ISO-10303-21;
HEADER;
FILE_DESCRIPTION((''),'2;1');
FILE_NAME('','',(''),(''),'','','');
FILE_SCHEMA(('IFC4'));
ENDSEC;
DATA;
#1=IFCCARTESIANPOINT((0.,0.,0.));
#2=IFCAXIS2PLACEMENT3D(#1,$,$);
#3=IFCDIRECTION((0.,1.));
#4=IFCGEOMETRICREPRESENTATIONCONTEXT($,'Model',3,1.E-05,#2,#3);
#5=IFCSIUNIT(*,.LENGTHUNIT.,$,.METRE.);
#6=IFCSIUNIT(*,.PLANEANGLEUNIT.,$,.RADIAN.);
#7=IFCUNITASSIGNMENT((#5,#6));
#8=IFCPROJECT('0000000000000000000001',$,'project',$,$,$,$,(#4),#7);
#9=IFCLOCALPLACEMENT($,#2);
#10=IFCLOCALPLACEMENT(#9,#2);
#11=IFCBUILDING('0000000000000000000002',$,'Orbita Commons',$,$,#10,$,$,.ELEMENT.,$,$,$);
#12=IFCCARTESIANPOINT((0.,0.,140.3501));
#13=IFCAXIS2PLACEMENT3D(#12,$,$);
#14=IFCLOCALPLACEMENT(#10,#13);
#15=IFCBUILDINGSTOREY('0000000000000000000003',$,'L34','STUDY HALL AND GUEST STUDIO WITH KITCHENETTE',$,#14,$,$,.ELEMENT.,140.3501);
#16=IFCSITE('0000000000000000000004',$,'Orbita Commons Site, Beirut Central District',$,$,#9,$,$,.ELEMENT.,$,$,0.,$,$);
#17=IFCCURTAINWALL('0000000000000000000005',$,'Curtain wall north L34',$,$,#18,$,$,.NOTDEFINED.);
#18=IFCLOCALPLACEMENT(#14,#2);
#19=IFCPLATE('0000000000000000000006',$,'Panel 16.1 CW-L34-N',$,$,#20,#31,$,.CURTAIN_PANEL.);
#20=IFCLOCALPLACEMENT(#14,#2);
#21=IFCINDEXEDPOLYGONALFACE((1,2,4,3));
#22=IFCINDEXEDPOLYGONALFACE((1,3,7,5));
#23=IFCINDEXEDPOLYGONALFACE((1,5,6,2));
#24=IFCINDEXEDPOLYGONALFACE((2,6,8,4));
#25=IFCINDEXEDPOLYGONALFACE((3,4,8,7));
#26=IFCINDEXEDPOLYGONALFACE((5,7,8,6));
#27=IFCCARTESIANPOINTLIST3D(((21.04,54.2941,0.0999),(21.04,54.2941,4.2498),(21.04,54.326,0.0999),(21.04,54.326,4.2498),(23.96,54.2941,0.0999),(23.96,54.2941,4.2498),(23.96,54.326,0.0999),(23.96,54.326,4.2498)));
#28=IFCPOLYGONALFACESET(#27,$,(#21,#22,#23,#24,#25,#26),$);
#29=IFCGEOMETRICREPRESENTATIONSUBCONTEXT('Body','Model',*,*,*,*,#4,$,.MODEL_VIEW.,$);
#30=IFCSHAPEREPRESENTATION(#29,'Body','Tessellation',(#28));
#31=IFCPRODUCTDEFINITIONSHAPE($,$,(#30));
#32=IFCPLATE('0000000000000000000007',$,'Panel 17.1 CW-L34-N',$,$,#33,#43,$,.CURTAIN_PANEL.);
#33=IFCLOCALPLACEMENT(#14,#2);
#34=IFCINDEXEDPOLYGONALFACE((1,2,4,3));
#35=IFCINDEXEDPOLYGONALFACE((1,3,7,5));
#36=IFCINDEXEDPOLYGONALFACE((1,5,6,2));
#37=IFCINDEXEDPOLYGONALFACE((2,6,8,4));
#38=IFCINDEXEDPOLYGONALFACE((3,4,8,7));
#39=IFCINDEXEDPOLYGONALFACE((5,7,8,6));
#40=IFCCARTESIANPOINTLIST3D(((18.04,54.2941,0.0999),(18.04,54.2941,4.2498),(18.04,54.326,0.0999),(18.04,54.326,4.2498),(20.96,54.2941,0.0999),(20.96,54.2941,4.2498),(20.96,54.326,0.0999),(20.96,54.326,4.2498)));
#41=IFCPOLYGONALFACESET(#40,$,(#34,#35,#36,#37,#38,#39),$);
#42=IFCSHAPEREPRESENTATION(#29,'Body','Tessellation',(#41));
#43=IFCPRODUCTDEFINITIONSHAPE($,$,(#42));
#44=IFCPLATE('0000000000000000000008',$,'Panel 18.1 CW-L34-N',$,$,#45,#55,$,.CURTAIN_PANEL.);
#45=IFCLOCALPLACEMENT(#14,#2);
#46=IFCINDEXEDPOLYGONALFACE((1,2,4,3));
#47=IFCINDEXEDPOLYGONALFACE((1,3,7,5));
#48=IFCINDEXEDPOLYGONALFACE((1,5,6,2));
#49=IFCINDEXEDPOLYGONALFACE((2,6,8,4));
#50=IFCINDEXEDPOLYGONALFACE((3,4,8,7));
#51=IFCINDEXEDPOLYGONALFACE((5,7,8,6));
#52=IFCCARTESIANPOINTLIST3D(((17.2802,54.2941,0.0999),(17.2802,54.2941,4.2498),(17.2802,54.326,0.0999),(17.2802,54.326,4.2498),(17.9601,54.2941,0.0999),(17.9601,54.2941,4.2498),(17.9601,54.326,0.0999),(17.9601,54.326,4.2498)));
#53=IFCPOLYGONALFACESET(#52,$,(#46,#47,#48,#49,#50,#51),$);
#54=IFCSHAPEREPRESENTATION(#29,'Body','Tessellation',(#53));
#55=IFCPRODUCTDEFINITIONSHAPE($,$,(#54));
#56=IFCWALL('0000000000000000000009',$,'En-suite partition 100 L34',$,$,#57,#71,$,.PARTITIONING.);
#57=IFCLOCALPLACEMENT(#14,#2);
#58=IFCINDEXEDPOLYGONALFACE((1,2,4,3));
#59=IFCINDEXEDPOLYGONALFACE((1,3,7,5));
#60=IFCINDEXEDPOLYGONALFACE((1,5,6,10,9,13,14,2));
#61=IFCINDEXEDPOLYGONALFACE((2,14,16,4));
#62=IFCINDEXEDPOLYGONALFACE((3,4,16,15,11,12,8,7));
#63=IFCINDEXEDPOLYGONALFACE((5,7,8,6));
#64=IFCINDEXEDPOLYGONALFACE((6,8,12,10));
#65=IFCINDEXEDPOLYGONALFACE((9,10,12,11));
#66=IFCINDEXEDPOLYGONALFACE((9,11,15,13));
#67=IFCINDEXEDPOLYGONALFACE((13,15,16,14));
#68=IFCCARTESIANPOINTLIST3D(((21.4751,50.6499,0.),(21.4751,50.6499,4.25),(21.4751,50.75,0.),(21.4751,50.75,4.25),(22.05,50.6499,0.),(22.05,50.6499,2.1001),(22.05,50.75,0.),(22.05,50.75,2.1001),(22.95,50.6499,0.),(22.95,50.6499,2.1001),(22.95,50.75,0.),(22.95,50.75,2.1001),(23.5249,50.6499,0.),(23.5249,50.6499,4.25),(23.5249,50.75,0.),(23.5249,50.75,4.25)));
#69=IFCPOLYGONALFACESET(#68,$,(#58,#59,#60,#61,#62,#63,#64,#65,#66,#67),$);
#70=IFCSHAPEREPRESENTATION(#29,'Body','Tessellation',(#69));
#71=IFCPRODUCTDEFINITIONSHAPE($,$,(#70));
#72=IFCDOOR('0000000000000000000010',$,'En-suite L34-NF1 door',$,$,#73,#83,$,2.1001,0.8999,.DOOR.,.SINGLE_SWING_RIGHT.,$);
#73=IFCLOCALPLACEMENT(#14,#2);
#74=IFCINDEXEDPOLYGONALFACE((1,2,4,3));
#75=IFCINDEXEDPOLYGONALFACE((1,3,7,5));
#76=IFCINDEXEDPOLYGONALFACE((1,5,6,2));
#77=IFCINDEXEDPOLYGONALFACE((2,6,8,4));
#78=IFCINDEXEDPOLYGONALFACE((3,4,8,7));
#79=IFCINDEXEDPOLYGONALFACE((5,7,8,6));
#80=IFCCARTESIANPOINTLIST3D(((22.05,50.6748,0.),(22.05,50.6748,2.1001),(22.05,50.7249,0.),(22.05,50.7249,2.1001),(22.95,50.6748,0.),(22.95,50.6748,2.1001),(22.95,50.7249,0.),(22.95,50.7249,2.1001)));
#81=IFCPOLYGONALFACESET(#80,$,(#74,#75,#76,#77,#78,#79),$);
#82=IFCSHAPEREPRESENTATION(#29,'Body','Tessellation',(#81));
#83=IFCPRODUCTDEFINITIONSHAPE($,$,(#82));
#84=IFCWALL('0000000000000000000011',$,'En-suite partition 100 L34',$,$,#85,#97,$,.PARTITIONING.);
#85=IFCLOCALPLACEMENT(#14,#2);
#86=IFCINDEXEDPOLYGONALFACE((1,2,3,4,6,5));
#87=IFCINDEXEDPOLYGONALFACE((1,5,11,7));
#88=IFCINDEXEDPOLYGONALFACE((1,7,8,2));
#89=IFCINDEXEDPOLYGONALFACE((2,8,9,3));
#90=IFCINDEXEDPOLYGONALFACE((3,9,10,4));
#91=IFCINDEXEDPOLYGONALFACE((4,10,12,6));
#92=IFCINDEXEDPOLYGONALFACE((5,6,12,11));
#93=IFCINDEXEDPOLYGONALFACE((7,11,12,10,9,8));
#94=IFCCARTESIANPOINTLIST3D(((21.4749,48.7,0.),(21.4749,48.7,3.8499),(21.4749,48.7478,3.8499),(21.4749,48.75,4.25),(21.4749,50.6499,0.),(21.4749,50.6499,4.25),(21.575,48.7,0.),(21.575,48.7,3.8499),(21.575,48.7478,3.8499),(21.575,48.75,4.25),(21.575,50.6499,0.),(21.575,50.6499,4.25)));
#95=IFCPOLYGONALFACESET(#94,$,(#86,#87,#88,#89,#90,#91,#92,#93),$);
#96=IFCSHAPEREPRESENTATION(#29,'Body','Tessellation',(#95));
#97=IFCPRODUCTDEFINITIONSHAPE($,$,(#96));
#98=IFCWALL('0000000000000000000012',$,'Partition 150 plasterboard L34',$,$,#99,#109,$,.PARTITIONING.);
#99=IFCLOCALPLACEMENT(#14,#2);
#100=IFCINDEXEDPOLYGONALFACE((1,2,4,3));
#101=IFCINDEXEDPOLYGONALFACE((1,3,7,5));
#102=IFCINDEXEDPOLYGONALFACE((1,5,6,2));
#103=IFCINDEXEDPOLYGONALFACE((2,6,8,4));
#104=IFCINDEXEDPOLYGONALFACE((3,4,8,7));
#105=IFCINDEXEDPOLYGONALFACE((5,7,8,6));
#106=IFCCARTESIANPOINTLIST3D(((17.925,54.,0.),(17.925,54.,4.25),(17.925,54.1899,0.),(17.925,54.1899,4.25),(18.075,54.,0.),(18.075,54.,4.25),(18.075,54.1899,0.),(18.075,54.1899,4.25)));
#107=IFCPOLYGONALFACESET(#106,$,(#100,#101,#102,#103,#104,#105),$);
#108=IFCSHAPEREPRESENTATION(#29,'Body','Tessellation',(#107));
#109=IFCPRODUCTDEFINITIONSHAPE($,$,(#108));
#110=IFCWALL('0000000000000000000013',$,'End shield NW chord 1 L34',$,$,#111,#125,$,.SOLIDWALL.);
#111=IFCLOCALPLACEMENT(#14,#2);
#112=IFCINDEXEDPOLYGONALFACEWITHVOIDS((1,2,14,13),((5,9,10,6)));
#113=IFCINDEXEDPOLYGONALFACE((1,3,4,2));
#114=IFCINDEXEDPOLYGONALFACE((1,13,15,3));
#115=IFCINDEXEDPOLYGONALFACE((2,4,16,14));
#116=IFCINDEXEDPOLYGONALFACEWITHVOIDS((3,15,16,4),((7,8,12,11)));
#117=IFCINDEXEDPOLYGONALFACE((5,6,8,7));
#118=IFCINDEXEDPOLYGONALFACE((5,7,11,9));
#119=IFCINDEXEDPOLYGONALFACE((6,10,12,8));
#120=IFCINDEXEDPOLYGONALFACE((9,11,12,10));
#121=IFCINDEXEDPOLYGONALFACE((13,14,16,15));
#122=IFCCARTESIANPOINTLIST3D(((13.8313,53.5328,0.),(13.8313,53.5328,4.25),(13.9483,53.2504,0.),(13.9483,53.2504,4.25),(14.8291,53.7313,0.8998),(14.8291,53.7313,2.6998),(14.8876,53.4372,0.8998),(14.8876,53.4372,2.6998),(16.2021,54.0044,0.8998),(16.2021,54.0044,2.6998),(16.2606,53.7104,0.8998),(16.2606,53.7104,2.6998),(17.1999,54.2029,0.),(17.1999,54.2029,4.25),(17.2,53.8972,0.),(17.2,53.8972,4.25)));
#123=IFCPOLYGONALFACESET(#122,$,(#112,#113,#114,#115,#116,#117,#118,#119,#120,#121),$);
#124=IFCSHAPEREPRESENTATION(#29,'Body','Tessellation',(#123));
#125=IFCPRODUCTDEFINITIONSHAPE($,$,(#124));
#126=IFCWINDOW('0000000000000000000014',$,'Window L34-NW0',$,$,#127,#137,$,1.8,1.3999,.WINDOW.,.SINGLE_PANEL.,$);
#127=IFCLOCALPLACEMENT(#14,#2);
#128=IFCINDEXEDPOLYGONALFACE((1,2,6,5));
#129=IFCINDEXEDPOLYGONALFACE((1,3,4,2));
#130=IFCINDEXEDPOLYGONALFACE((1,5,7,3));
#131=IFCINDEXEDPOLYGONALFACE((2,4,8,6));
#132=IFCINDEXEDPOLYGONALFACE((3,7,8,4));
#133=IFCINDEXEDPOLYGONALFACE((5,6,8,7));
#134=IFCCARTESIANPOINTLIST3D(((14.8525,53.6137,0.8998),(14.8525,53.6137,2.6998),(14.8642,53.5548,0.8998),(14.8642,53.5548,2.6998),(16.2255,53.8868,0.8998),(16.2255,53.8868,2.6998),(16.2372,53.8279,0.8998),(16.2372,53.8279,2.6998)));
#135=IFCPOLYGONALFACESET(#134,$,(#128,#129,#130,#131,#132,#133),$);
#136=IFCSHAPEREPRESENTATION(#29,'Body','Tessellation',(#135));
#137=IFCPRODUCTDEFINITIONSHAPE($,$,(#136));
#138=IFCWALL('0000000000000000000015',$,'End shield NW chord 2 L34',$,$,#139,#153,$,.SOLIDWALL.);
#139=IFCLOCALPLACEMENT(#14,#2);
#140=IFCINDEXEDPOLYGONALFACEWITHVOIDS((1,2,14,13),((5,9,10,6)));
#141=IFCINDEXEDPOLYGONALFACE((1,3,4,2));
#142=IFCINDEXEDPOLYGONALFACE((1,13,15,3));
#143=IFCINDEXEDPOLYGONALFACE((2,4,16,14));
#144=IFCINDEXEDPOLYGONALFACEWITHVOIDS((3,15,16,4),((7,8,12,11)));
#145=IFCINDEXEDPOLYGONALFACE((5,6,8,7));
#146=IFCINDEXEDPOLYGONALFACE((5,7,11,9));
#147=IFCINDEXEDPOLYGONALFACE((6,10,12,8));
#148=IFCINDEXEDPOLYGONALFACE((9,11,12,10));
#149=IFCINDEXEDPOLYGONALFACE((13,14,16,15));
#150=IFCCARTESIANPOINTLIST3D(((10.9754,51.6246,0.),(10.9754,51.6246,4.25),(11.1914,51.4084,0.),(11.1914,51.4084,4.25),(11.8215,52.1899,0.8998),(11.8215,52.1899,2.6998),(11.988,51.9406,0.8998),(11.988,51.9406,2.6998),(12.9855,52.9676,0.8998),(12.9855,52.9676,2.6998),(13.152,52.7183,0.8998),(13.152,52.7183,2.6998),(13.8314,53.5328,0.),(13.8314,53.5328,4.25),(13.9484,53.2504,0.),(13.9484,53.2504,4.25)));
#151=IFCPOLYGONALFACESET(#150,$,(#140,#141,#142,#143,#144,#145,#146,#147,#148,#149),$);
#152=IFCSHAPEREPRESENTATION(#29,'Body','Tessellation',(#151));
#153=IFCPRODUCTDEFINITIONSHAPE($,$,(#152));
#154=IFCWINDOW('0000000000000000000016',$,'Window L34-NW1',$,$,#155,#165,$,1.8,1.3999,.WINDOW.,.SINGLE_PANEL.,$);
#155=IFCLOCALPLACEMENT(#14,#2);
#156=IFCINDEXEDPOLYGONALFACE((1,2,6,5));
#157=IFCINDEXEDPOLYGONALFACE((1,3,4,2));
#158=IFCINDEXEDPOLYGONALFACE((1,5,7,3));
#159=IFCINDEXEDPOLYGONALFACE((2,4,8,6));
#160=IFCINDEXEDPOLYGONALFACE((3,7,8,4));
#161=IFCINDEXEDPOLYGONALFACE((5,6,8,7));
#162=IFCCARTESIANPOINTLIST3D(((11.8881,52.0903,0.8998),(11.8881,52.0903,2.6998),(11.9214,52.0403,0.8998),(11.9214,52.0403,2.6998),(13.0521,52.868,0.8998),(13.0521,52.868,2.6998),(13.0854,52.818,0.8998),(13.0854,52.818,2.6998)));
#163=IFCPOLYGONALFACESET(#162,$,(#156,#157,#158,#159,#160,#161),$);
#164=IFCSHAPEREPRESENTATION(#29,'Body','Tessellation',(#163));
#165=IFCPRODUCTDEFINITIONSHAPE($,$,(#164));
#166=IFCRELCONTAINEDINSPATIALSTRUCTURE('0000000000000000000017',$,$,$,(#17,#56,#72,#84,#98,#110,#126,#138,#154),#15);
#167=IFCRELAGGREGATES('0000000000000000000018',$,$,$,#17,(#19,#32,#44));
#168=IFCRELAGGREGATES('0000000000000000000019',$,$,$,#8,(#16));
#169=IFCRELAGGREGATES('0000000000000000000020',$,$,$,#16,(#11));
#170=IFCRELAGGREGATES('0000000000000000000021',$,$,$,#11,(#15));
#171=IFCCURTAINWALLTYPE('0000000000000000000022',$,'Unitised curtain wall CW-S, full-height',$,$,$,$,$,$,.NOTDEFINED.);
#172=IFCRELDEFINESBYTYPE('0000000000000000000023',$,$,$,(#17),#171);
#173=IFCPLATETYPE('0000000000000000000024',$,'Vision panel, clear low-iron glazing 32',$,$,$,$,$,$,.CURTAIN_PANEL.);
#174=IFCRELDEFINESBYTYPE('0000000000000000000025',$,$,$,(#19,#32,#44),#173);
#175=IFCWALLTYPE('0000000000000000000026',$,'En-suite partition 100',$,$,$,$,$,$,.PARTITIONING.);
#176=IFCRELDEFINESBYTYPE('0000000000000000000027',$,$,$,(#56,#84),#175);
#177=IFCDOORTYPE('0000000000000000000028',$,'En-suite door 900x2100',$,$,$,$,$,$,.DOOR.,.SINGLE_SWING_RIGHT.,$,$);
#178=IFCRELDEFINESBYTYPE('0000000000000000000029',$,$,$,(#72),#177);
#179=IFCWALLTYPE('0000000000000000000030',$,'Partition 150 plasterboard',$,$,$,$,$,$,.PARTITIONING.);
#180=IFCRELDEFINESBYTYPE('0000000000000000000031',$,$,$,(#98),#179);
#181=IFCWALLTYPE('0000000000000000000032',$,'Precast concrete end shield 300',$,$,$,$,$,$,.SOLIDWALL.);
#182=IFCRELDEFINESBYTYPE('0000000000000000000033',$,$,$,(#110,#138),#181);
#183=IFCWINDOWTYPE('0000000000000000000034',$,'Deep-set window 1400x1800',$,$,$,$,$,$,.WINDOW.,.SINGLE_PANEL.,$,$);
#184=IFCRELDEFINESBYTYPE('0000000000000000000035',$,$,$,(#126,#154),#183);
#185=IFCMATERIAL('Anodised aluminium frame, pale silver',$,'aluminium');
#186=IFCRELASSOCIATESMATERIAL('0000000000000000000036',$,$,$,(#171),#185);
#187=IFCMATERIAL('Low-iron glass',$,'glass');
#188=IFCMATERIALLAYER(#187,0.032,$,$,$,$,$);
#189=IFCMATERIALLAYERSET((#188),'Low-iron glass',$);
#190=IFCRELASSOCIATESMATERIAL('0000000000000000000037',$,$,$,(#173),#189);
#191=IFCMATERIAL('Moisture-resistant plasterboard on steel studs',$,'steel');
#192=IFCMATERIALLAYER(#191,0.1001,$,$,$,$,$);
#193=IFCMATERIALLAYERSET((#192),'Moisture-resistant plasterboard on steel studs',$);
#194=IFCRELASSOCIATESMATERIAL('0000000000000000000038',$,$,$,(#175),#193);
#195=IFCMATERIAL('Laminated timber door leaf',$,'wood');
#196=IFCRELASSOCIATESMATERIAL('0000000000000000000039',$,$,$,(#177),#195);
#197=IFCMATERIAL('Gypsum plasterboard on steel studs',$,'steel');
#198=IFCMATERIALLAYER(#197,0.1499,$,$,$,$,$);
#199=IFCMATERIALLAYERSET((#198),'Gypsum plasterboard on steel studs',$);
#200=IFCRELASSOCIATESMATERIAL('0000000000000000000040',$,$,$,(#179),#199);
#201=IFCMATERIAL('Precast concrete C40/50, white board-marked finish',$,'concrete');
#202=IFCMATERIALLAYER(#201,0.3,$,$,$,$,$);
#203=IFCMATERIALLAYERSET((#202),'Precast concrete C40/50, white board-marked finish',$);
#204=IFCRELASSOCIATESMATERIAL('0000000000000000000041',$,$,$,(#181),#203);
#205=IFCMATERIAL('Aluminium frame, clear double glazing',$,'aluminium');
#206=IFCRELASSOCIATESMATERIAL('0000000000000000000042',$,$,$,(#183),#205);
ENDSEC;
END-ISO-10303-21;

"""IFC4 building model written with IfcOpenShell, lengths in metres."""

from ifc_helpers import new_model, si_unit, direction, frame, frame_2d, origin, origin_2d, place, context, subcontext, project, spatial, polyline, rectangle, outline, extrude, material, layer, layer_set, type_object, element, fill, aggregate, save


model = new_model("IFC4")

# Units and contexts
model_context = context("Model", 3, precision=1e-05, world=origin(), true_north=direction((0.0, 1.0)))
body_context = subcontext(model_context, "Body", "Model", "MODEL_VIEW")
ifc_project = project(units=[si_unit("LENGTHUNIT", "METRE"), si_unit("PLANEANGLEUNIT", "RADIAN")], contexts=[model_context])

# Site, building, storey
site_placement = place(None, origin())
site = spatial("IfcSite", under=ifc_project, at=site_placement, Name="Orbita Commons Site, Beirut Central District", CompositionType="ELEMENT", RefElevation=0.0)
building_placement = place(site_placement, origin())
building = spatial("IfcBuilding", under=site, at=building_placement, Name="Orbita Commons", CompositionType="ELEMENT")
storey_placement = place(building_placement, frame((0.0, 0.0, 140.3501)))
storey = spatial("IfcBuildingStorey", under=building, at=storey_placement, Name="L34", Description="STUDY HALL AND GUEST STUDIO WITH KITCHENETTE", CompositionType="ELEMENT", Elevation=140.3501)

# Curtain wall
ifc_material_1 = material(Name="Anodised aluminium frame, pale silver", Category="aluminium")
curtain_wall_type = type_object("IfcCurtainWallType", Name="Unitised curtain wall CW-S, full-height", PredefinedType="NOTDEFINED", material=ifc_material_1)
curtain_wall_placement = place(storey_placement, origin())
curtain_wall = element("IfcCurtainWall", 1, at=curtain_wall_placement, inside=storey, type_object=curtain_wall_type, Name="Curtain wall north L34", PredefinedType="NOTDEFINED")

# Plates
ifc_material_2 = material(Name="Low-iron glass", Category="glass")
ifc_layer_1 = layer(ifc_material_2, 0.032)
ifc_layer_set_1 = layer_set([ifc_layer_1], Name="Low-iron glass")
plate_type = type_object("IfcPlateType", Name="Vision panel, clear low-iron glazing 32", PredefinedType="CURTAIN_PANEL", material=ifc_layer_set_1)
plate_1_placement = place(storey_placement, frame((22.5, 54.3101, 0.0999), z_axis=(0.0, 0.0, 1.0), x_axis=(-1.0, 0.0, 0.0)))
plate_1 = element("IfcPlate", 2, at=plate_1_placement, type_object=plate_type, Name="Panel 16.1 CW-L34-N", PredefinedType="CURTAIN_PANEL", context=body_context, shape_type="SweptSolid", body=[
    extrude(rectangle(XDim=2.9199, YDim=0.032, at=origin_2d()), origin(), (0.0, 0.0, 1.0), 4.1499),
])
plate_2_placement = place(storey_placement, frame((19.5, 54.3101, 0.0999), z_axis=(0.0, 0.0, 1.0), x_axis=(-1.0, 0.0, 0.0)))
plate_2 = element("IfcPlate", 3, at=plate_2_placement, type_object=plate_type, Name="Panel 17.1 CW-L34-N", PredefinedType="CURTAIN_PANEL", context=body_context, shape_type="SweptSolid", body=[
    extrude(rectangle(XDim=2.9199, YDim=0.032, at=origin_2d()), origin(), (0.0, 0.0, 1.0), 4.1499),
])
plate_3_placement = place(storey_placement, frame((17.6201, 54.3101, 0.0999), z_axis=(0.0, 0.0, 1.0), x_axis=(-1.0, 0.0, 0.0)))
plate_3 = element("IfcPlate", 4, at=plate_3_placement, type_object=plate_type, Name="Panel 18.1 CW-L34-N", PredefinedType="CURTAIN_PANEL", context=body_context, shape_type="SweptSolid", body=[
    extrude(rectangle(XDim=0.6799, YDim=0.032, at=origin_2d()), origin(), (0.0, 0.0, 1.0), 4.1499),
])
aggregate(curtain_wall, [plate_1, plate_2, plate_3])

# Wall, opening, door
ifc_material_3 = material(Name="Moisture-resistant plasterboard on steel studs", Category="steel")
ifc_layer_2 = layer(ifc_material_3, 0.1001)
ifc_layer_set_2 = layer_set([ifc_layer_2], Name="Moisture-resistant plasterboard on steel studs")
wall_type_1 = type_object("IfcWallType", Name="En-suite partition 100", PredefinedType="PARTITIONING", material=ifc_layer_set_2)
wall_1_placement = place(storey_placement, frame((21.4751, 50.7, 0.0), z_axis=(0.0, 0.0, 1.0), x_axis=(1.0, 0.0, 0.0)))
wall_1 = element("IfcWall", 5, at=wall_1_placement, inside=storey, type_object=wall_type_1, Name="En-suite partition 100 L34", PredefinedType="PARTITIONING", context=body_context, shape_type="SweptSolid", body=[
    extrude(rectangle(XDim=2.0498, YDim=0.1001, at=frame_2d((1.0249, 0.0))), origin(), (0.0, 0.0, 1.0), 4.25),
])
opening_1_placement = place(wall_1_placement, frame((0.575, 0.0, 0.0)))
opening_1 = element("IfcOpeningElement", 6, at=opening_1_placement, cuts=wall_1, PredefinedType="OPENING", context=body_context, shape_type="SweptSolid", body=[
    extrude(rectangle(XDim=0.8999, YDim=2.1001, at=frame_2d((0.45, 1.05))), frame((0.0, 0.0601, 0.0), z_axis=(0.0, -1.0, 0.0), x_axis=(1.0, 0.0, 0.0)), (0.0, 0.0, 1.0), 0.1201),
])
ifc_material_4 = material(Name="Laminated timber door leaf", Category="wood")
door_type = type_object("IfcDoorType", Name="En-suite door 900x2100", OperationType="SINGLE_SWING_RIGHT", PredefinedType="DOOR", material=ifc_material_4)
door_placement = place(opening_1_placement, origin())
door = element("IfcDoor", 7, at=door_placement, inside=storey, type_object=door_type, Name="En-suite L34-NF1 door", OperationType="SINGLE_SWING_RIGHT", OverallHeight=2.1001, OverallWidth=0.8999, PredefinedType="DOOR", context=body_context, shape_type="SweptSolid", body=[
    extrude(rectangle(XDim=0.8999, YDim=2.1001, at=frame_2d((0.45, 1.05))), frame((0.0, 0.0249, 0.0), z_axis=(0.0, -1.0, 0.0), x_axis=(1.0, 0.0, 0.0)), (0.0, 0.0, 1.0), 0.05),
])
fill(opening_1, door)

# Walls
wall_2_placement = place(storey_placement, frame((21.5249, 50.6499, 0.0), z_axis=(0.0, 0.0, 1.0), x_axis=(0.0, -1.0, 0.0)))
element("IfcWall", 8, at=wall_2_placement, inside=storey, type_object=wall_type_1, Name="En-suite partition 100 L34", PredefinedType="PARTITIONING", context=body_context, shape_type="SweptSolid", body=[
    extrude(outline(polyline([(0.0, 0.0), (1.95, 0.0), (1.95, 3.8499), (1.9021, 3.8499), (1.8999, 4.25), (0.0, 4.25), (0.0, 0.0)])), frame((0.0, 0.05, 0.0), z_axis=(0.0, -1.0, 0.0), x_axis=(1.0, 0.0, 0.0)), (0.0, 0.0, 1.0), 0.1001),
])
ifc_material_5 = material(Name="Gypsum plasterboard on steel studs", Category="steel")
ifc_layer_3 = layer(ifc_material_5, 0.1499)
ifc_layer_set_3 = layer_set([ifc_layer_3], Name="Gypsum plasterboard on steel studs")
wall_type_2 = type_object("IfcWallType", Name="Partition 150 plasterboard", PredefinedType="PARTITIONING", material=ifc_layer_set_3)
wall_3_placement = place(storey_placement, frame((18.0, 54.0, 0.0), z_axis=(0.0, 0.0, 1.0), x_axis=(0.0, 1.0, 0.0)))
element("IfcWall", 9, at=wall_3_placement, inside=storey, type_object=wall_type_2, Name="Partition 150 plasterboard L34", PredefinedType="PARTITIONING", context=body_context, shape_type="SweptSolid", body=[
    extrude(rectangle(XDim=0.1899, YDim=0.1499, at=frame_2d((0.095, 0.0))), origin(), (0.0, 0.0, 1.0), 4.25),
])

# Walls, openings, windows
ifc_material_6 = material(Name="Precast concrete C40/50, white board-marked finish", Category="concrete")
ifc_layer_4 = layer(ifc_material_6, 0.3)
ifc_layer_set_4 = layer_set([ifc_layer_4], Name="Precast concrete C40/50, white board-marked finish")
wall_type_3 = type_object("IfcWallType", Name="Precast concrete end shield 300", PredefinedType="SOLIDWALL", material=ifc_layer_set_4)
wall_4_placement = place(storey_placement, frame((17.2, 54.05, 0.0), z_axis=(0.0, 0.0, 1.0), x_axis=(-0.980783, -0.1951, 0.0)))
wall_4 = element("IfcWall", 10, at=wall_4_placement, inside=storey, type_object=wall_type_3, Name="End shield NW chord 1 L34", PredefinedType="SOLIDWALL", context=body_context, shape_type="SweptSolid", body=[
    extrude(outline(polyline([(-0.0298, -0.1499), (3.4048, -0.1499), (3.3452, 0.1499), (0.0298, 0.1499), (-0.0298, -0.1499)])), origin(), (0.0, 0.0, 1.0), 4.25),
])
opening_2_placement = place(wall_4_placement, frame((0.9875, 0.0, 0.8999)))
opening_2 = element("IfcOpeningElement", 11, at=opening_2_placement, cuts=wall_4, PredefinedType="OPENING", context=body_context, shape_type="SweptSolid", body=[
    extrude(rectangle(XDim=1.3999, YDim=1.8, at=frame_2d((0.7, 0.8999))), frame((0.0, 0.1599, 0.0), z_axis=(0.0, -1.0, 0.0), x_axis=(1.0, 0.0, 0.0)), (0.0, 0.0, 1.0), 0.3201),
])
ifc_material_7 = material(Name="Aluminium frame, clear double glazing", Category="aluminium")
window_type = type_object("IfcWindowType", Name="Deep-set window 1400x1800", PartitioningType="SINGLE_PANEL", PredefinedType="WINDOW", material=ifc_material_7)
window_1_placement = place(opening_2_placement, origin())
window_1 = element("IfcWindow", 12, at=window_1_placement, inside=storey, type_object=window_type, Name="Window L34-NW0", OverallHeight=1.8, OverallWidth=1.3999, PartitioningType="SINGLE_PANEL", PredefinedType="WINDOW", context=body_context, shape_type="SweptSolid", body=[
    extrude(rectangle(XDim=1.3999, YDim=1.8, at=frame_2d((0.7, 0.8999))), frame((0.0, 0.03, 0.0), z_axis=(0.0, -1.0, 0.0), x_axis=(1.0, 0.0, 0.0)), (0.0, 0.0, 1.0), 0.0601),
])
fill(opening_2, window_1)
wall_5_placement = place(storey_placement, frame((13.8899, 53.3916, 0.0), z_axis=(0.0, 0.0, 1.0), x_axis=(-0.831493, -0.555535, 0.0)))
wall_5 = element("IfcWall", 13, at=wall_5_placement, inside=storey, type_object=wall_type_3, Name="End shield NW chord 2 L34", PredefinedType="SOLIDWALL", context=body_context, shape_type="SweptSolid", body=[
    extrude(outline(polyline([(-0.0298, -0.1499), (3.405, -0.1499), (3.3455, 0.1499), (0.0298, 0.1499), (-0.0298, -0.1499)])), origin(), (0.0, 0.0, 1.0), 4.25),
])
opening_3_placement = place(wall_5_placement, frame((0.9875, 0.0, 0.8999)))
opening_3 = element("IfcOpeningElement", 14, at=opening_3_placement, cuts=wall_5, PredefinedType="OPENING", context=body_context, shape_type="SweptSolid", body=[
    extrude(rectangle(XDim=1.3999, YDim=1.8, at=frame_2d((0.7, 0.8999))), frame((0.0, 0.1599, 0.0), z_axis=(0.0, -1.0, 0.0), x_axis=(1.0, 0.0, 0.0)), (0.0, 0.0, 1.0), 0.3201),
])
window_2_placement = place(opening_3_placement, origin())
window_2 = element("IfcWindow", 15, at=window_2_placement, inside=storey, type_object=window_type, Name="Window L34-NW1", OverallHeight=1.8, OverallWidth=1.3999, PartitioningType="SINGLE_PANEL", PredefinedType="WINDOW", context=body_context, shape_type="SweptSolid", body=[
    extrude(rectangle(XDim=1.3999, YDim=1.8, at=frame_2d((0.7, 0.8999))), frame((0.0, 0.03, 0.0), z_axis=(0.0, -1.0, 0.0), x_axis=(1.0, 0.0, 0.0)), (0.0, 0.0, 1.0), 0.0601),
])
fill(opening_3, window_2)

save(model, "model.ifc")
